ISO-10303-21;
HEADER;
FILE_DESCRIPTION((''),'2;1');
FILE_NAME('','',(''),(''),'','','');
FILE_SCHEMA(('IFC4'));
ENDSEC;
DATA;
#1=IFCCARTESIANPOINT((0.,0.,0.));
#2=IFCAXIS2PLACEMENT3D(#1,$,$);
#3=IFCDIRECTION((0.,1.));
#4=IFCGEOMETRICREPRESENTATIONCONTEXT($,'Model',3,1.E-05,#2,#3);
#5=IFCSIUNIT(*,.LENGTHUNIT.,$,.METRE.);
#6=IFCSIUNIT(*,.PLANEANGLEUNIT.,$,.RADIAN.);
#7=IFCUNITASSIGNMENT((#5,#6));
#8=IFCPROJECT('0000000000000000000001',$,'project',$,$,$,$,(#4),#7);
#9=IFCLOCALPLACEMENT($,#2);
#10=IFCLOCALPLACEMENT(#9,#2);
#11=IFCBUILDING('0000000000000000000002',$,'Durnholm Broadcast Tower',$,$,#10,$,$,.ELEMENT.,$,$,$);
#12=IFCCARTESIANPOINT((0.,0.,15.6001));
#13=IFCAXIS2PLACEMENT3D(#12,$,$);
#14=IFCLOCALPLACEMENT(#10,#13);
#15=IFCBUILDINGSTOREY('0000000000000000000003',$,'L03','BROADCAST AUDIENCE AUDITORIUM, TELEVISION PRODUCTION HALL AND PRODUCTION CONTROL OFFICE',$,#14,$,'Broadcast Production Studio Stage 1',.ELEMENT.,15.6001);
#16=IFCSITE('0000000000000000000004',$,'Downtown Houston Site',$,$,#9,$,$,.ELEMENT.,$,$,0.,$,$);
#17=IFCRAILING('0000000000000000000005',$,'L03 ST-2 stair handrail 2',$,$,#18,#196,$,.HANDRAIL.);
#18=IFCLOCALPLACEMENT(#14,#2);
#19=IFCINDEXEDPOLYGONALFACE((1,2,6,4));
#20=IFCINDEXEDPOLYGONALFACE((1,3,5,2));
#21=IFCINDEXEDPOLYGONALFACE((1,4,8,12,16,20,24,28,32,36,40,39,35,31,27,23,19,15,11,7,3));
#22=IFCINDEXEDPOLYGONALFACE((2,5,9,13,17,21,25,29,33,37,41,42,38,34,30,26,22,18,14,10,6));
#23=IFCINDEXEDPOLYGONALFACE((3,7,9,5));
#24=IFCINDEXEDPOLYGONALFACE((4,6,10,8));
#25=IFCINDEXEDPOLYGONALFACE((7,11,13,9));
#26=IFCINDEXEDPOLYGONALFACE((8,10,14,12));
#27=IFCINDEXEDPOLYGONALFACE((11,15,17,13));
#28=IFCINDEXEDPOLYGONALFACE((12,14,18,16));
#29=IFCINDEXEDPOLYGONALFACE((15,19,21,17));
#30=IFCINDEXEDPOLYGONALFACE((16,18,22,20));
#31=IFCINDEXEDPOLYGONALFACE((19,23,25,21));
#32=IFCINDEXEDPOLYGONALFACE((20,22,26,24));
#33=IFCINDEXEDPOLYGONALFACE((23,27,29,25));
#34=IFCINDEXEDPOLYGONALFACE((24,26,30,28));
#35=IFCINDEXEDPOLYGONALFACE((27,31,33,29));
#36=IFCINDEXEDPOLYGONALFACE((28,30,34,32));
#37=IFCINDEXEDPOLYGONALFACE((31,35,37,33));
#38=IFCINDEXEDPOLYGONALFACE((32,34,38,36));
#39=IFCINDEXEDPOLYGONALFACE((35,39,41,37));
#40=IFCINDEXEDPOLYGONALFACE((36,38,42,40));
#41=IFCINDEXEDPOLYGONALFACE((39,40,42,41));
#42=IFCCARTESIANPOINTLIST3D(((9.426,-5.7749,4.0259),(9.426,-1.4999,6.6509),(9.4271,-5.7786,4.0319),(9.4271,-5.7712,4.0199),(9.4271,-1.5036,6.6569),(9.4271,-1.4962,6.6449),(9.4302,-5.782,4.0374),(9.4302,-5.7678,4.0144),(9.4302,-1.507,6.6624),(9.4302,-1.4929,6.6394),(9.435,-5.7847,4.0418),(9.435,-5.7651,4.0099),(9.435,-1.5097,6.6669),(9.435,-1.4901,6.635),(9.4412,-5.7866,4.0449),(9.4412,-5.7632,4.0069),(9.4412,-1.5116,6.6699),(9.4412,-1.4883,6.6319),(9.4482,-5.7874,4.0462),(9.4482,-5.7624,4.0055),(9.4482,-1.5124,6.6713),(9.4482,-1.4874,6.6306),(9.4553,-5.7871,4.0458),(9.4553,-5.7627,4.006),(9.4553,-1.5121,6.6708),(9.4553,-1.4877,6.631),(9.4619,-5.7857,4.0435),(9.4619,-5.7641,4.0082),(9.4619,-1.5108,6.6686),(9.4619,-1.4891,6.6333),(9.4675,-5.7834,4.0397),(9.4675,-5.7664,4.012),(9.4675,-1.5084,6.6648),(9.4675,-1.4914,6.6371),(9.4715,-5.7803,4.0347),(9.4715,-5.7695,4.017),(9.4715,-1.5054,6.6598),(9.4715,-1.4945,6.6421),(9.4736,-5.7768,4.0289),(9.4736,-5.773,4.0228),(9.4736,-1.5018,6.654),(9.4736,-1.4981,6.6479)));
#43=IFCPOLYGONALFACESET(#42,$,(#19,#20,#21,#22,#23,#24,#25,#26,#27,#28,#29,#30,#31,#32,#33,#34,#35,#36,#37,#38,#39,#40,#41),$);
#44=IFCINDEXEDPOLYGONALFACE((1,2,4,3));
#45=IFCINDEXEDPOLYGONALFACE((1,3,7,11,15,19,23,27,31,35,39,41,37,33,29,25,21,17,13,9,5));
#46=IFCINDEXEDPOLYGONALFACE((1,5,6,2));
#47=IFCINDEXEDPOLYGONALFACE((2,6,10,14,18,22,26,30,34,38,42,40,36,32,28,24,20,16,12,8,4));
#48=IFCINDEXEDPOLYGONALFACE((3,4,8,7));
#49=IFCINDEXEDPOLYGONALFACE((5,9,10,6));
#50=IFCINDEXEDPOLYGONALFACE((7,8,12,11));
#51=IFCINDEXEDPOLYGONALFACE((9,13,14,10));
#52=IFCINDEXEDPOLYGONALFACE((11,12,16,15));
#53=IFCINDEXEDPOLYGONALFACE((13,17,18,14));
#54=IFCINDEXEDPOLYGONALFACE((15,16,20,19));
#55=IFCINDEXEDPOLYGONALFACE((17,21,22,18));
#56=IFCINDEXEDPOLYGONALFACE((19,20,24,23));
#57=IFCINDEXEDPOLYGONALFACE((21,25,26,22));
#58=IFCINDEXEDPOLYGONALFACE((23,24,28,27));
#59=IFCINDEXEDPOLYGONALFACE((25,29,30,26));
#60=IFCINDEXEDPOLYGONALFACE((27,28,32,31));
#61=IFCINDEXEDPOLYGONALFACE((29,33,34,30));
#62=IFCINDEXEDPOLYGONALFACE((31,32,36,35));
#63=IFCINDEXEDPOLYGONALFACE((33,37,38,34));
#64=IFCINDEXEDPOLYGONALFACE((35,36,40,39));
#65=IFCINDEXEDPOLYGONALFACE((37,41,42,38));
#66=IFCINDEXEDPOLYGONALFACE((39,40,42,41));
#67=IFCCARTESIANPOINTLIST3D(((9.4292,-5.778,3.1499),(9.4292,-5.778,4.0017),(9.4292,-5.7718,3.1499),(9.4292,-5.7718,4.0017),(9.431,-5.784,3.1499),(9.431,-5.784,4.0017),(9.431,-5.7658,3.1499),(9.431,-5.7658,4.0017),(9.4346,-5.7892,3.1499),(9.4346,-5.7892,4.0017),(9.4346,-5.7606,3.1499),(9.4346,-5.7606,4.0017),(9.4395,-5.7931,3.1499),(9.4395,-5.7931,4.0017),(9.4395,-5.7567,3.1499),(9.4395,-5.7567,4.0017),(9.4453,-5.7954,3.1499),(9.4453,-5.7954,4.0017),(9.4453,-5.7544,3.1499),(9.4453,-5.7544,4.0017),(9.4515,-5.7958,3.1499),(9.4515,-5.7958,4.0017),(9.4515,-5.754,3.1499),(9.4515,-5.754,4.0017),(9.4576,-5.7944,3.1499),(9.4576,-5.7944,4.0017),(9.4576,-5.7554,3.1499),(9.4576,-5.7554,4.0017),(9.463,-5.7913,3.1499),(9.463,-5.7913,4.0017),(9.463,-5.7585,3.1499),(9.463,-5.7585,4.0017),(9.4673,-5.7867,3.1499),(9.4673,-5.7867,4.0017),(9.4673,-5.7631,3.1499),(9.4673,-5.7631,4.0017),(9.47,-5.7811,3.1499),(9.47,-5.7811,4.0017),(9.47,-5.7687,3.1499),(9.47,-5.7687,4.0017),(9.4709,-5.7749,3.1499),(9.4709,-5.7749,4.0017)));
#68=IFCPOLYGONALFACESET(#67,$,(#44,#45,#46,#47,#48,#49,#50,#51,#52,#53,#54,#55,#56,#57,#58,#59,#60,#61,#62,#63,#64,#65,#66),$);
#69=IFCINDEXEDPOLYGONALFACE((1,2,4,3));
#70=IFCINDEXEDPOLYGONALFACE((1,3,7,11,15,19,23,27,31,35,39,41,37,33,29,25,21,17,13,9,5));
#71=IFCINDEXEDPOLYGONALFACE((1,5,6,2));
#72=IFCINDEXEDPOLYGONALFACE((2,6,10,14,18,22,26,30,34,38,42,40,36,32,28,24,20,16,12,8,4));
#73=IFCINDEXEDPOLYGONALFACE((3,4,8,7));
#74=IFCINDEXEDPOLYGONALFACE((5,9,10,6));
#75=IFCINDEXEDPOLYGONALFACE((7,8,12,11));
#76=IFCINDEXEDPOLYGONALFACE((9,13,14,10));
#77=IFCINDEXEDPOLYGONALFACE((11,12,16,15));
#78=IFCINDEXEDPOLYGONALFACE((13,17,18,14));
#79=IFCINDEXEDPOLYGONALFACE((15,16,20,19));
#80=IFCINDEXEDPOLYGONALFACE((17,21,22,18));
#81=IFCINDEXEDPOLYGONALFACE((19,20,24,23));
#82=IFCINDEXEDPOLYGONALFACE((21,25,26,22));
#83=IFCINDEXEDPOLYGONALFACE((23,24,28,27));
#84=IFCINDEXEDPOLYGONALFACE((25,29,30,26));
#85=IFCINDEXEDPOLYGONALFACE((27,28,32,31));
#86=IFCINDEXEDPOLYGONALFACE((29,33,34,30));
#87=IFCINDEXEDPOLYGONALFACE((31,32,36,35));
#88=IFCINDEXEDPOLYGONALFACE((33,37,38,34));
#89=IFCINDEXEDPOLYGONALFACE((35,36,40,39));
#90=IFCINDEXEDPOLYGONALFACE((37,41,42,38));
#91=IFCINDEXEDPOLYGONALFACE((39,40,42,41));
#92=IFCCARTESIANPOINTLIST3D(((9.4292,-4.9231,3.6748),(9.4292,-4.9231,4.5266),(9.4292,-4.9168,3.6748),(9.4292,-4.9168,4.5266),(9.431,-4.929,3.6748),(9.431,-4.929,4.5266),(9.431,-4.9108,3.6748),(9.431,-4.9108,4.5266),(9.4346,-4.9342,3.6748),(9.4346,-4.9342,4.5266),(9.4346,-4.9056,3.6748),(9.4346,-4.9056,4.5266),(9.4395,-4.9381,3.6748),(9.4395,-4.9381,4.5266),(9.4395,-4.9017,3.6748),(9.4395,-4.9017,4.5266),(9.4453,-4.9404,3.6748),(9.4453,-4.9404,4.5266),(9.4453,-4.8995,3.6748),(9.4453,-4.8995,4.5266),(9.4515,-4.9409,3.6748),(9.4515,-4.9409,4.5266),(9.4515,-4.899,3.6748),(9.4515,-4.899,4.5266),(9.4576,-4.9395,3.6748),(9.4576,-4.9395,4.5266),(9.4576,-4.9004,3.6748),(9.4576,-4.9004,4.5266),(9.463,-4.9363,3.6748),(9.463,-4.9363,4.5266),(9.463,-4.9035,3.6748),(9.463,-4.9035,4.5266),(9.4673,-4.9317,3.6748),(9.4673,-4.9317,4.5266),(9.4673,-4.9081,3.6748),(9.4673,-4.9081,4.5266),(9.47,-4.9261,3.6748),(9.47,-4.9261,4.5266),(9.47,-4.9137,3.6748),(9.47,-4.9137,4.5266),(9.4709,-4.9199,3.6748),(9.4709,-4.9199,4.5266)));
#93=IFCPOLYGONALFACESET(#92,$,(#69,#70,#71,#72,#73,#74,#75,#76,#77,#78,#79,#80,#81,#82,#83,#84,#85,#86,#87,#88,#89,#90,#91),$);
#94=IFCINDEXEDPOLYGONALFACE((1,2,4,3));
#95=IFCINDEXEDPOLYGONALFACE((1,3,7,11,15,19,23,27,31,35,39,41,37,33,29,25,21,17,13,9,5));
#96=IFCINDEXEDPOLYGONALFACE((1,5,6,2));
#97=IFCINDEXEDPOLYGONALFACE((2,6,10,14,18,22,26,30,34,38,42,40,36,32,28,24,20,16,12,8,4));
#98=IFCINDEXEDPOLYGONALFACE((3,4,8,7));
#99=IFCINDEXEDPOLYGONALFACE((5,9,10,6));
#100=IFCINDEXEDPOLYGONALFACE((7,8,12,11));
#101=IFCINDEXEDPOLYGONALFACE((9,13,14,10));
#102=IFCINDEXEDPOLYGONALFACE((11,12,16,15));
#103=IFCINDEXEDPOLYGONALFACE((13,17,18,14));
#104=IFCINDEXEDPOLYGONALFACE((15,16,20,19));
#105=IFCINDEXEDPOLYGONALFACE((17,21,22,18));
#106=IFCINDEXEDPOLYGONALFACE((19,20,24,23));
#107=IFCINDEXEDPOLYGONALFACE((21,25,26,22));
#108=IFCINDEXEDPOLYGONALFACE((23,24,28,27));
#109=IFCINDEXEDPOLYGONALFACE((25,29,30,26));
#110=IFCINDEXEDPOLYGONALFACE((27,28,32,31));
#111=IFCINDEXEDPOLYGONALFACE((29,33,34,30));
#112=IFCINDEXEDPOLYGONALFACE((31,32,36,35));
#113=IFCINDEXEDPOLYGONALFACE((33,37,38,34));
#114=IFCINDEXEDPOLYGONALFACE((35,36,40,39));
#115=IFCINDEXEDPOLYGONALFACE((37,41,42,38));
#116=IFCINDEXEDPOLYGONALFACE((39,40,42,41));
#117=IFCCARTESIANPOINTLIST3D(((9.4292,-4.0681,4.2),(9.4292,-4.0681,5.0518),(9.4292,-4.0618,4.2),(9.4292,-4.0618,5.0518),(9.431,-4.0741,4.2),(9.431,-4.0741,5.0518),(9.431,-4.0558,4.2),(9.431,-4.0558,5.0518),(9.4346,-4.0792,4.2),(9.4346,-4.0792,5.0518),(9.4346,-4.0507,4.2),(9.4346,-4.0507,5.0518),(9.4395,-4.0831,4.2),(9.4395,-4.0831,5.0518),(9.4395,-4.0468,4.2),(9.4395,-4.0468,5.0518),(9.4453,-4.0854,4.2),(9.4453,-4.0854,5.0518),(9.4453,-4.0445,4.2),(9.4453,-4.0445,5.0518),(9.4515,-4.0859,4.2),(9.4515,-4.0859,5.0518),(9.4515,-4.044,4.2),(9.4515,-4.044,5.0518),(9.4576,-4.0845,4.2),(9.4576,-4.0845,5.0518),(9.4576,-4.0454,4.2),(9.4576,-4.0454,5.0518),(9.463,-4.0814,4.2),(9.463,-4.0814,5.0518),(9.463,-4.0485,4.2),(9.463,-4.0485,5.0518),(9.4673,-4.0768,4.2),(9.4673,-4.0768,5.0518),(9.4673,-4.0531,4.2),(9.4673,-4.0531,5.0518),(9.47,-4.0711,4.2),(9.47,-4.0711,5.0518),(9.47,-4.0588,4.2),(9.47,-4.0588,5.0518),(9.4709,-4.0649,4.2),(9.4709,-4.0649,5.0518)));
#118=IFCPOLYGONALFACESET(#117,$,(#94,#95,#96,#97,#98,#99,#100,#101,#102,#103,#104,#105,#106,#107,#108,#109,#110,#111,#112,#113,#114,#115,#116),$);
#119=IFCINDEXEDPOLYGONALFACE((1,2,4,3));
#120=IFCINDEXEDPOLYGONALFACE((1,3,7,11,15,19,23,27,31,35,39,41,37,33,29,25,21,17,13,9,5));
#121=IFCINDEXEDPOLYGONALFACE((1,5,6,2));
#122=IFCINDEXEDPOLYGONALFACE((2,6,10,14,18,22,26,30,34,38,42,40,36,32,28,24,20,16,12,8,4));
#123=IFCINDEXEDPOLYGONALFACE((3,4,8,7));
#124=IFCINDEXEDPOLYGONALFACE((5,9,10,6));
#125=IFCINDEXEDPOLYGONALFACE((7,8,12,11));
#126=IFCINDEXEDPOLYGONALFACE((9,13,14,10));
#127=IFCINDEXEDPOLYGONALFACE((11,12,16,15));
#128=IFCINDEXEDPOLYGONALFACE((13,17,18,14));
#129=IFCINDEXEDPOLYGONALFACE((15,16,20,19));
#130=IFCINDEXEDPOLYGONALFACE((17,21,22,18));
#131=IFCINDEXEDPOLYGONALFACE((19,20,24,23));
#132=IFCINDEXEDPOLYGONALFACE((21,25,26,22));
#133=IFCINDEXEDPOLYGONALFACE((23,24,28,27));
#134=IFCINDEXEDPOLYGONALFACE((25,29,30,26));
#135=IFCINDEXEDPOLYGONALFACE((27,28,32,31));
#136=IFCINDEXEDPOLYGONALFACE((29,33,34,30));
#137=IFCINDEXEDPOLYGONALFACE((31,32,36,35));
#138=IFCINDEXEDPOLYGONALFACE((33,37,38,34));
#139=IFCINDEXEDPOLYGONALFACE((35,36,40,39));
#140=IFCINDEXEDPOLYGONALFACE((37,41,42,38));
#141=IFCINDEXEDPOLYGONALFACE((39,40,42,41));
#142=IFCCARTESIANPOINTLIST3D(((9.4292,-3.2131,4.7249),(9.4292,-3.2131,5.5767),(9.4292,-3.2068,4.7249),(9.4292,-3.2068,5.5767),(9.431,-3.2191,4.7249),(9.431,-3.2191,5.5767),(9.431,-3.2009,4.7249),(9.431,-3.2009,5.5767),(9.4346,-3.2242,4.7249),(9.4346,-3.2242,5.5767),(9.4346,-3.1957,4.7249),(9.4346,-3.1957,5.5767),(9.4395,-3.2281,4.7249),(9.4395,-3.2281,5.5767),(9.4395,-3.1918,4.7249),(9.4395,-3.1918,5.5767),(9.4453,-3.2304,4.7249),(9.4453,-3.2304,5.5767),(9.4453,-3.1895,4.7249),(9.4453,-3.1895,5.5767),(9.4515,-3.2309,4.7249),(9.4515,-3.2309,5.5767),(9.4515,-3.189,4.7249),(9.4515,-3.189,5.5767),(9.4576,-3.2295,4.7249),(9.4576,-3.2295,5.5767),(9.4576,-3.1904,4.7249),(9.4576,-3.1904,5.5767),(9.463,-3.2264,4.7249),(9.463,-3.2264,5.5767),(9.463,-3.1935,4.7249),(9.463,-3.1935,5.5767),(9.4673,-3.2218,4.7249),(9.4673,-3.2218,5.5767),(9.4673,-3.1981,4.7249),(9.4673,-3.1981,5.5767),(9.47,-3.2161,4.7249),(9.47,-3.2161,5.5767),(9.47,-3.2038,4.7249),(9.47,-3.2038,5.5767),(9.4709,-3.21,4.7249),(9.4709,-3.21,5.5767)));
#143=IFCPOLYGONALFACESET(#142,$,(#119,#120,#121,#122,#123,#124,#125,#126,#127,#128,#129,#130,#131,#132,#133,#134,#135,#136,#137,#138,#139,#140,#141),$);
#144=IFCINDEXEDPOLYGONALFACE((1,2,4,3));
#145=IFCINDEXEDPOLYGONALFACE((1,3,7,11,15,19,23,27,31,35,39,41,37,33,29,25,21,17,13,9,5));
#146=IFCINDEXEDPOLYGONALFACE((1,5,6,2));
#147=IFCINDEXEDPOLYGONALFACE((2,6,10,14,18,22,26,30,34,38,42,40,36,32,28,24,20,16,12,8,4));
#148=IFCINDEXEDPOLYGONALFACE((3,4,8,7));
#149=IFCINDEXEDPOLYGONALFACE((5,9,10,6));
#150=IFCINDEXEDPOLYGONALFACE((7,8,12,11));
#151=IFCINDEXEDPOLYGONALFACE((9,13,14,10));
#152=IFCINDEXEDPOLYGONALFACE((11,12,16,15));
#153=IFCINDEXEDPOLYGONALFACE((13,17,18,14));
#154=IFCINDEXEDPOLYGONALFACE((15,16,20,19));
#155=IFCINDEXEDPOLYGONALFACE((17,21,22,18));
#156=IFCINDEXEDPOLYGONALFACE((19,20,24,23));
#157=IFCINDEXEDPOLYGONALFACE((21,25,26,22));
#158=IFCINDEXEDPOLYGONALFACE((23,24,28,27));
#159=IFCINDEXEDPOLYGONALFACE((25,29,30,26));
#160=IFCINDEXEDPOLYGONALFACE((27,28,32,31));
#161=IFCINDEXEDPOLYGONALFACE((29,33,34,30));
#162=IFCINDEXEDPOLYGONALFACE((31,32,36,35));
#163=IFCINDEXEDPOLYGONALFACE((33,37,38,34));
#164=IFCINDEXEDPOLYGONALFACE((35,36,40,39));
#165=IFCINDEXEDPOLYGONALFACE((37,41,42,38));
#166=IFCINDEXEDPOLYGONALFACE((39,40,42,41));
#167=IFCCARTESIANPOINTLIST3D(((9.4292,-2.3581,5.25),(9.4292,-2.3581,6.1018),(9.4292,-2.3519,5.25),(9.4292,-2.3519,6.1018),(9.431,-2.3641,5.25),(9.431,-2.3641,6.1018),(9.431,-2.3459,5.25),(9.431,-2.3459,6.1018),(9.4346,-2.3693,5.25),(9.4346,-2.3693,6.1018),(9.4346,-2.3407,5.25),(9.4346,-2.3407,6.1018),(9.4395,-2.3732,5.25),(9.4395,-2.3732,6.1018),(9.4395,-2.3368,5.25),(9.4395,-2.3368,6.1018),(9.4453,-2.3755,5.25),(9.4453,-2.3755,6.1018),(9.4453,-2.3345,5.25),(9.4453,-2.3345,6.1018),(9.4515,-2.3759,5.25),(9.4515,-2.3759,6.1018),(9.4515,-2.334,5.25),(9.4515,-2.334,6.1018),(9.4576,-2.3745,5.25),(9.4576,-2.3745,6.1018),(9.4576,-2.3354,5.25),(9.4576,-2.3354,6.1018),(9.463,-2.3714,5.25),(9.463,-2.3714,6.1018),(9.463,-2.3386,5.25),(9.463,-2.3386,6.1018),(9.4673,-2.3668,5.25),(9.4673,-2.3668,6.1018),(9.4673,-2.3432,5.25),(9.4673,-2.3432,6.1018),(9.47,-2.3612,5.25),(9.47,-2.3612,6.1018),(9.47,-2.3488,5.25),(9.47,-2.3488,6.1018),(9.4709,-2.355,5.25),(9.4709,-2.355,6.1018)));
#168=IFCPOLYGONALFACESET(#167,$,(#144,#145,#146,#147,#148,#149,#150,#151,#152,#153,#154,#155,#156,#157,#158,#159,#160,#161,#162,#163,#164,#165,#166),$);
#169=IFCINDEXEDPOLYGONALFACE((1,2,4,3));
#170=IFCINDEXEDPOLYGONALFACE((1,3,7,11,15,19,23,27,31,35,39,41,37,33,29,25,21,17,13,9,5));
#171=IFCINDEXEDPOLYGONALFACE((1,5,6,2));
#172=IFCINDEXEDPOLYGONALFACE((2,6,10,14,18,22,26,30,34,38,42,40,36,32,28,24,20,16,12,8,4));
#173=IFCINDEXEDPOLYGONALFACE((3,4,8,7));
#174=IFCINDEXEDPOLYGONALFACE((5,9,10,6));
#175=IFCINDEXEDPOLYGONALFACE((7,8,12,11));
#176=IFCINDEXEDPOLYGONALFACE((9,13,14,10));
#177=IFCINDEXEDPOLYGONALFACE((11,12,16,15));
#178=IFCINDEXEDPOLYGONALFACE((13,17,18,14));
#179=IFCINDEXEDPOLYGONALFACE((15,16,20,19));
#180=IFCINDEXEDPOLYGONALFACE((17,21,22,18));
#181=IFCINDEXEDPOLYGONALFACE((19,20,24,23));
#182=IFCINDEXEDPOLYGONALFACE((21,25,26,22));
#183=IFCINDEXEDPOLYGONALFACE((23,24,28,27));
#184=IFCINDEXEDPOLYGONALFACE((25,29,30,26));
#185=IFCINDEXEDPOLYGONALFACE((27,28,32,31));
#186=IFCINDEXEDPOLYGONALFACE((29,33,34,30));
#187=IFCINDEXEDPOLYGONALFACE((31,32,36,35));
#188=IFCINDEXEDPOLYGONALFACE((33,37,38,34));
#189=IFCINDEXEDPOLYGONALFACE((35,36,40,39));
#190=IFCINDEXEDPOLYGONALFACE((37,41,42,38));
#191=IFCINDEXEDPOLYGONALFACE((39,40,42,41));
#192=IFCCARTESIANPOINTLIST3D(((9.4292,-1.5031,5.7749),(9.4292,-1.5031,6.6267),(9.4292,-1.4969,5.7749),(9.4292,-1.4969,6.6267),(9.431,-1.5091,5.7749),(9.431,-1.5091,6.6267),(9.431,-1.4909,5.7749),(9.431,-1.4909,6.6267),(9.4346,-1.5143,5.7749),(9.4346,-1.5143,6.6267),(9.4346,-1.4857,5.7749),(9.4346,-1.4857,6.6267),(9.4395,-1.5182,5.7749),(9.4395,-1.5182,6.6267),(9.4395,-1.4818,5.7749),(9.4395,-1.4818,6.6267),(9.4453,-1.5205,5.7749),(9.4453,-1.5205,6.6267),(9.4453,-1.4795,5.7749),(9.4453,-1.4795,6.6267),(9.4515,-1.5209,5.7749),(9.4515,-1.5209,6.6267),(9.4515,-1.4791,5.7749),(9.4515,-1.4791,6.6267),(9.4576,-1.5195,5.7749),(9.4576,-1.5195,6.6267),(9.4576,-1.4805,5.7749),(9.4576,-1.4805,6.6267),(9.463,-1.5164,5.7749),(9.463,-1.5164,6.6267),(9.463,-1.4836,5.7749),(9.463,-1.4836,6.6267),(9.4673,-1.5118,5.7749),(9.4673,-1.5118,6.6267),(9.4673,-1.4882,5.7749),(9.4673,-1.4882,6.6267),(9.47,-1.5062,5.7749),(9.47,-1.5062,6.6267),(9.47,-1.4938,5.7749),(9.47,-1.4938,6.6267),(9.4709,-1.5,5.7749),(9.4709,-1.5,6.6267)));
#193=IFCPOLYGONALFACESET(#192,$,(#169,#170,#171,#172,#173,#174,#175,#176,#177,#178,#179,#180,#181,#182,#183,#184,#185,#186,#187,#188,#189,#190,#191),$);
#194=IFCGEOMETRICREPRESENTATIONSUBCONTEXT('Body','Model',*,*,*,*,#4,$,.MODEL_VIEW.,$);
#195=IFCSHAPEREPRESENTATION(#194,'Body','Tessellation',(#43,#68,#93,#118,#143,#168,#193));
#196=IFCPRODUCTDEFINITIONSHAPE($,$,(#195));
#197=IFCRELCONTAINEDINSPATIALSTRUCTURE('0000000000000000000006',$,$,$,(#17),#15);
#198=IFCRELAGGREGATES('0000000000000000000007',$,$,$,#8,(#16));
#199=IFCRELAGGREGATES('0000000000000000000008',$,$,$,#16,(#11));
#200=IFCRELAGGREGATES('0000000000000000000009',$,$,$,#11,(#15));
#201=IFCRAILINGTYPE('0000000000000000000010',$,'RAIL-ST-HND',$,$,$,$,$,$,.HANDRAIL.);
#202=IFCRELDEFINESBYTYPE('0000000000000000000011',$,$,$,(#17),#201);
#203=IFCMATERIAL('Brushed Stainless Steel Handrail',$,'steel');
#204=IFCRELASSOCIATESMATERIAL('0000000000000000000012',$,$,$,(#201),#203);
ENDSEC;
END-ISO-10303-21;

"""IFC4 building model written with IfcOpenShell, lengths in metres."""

from ifc_helpers import new_model, si_unit, direction, frame, origin, origin_2d, place, context, subcontext, project, spatial, circle, extrude, material, type_object, element, save


model = new_model("IFC4")

# Units and contexts
model_context = context("Model", 3, precision=1e-05, world=origin(), true_north=direction((0.0, 1.0)))
body_context = subcontext(model_context, "Body", "Model", "MODEL_VIEW")
ifc_project = project(units=[si_unit("LENGTHUNIT", "METRE"), si_unit("PLANEANGLEUNIT", "RADIAN")], contexts=[model_context])

# Site, building, storey
site_placement = place(None, origin())
site = spatial("IfcSite", under=ifc_project, at=site_placement, Name="Downtown Houston Site", CompositionType="ELEMENT", RefElevation=0.0)
building_placement = place(site_placement, origin())
building = spatial("IfcBuilding", under=site, at=building_placement, Name="Durnholm Broadcast Tower", CompositionType="ELEMENT")
storey_placement = place(building_placement, frame((0.0, 0.0, 15.6001)))
storey = spatial("IfcBuildingStorey", under=building, at=storey_placement, Name="L03", Description="BROADCAST AUDIENCE AUDITORIUM, TELEVISION PRODUCTION HALL AND PRODUCTION CONTROL OFFICE", LongName="Broadcast Production Studio Stage 1", CompositionType="ELEMENT", Elevation=15.6001)

# Railing
ifc_material_1 = material(Name="Brushed Stainless Steel Handrail", Category="steel")
railing_type_1 = type_object("IfcRailingType", Name="RAIL-ST-HND", PredefinedType="HANDRAIL", material=ifc_material_1)
railing_1_placement = place(storey_placement, frame((9.45, -5.7749, 3.1499)))
element("IfcRailing", 1, at=railing_1_placement, inside=storey, type_object=railing_type_1, Name="L03 ST-2 stair handrail 2", PredefinedType="HANDRAIL", context=body_context, shape_type="SweptSolid", body=[
    extrude(circle(Radius=0.0239, at=origin_2d()), frame((0.0, 0.0, 0.876), z_axis=(0.0, 0.852166, 0.523272), x_axis=(-1.0, 0.0, 0.0)), (0.0, 0.0, 1.0), 5.0166),
    extrude(circle(Radius=0.021, at=origin_2d()), origin(), (0.0, 0.0, 1.0), 0.8518),
    extrude(circle(Radius=0.021, at=origin_2d()), frame((0.0, 0.855, 0.5249)), (0.0, 0.0, 1.0), 0.8518),
    extrude(circle(Radius=0.021, at=origin_2d()), frame((0.0, 1.71, 1.05)), (0.0, 0.0, 1.0), 0.8518),
    extrude(circle(Radius=0.021, at=origin_2d()), frame((0.0, 2.5649, 1.575)), (0.0, 0.0, 1.0), 0.8518),
    extrude(circle(Radius=0.021, at=origin_2d()), frame((0.0, 3.4199, 2.1001)), (0.0, 0.0, 1.0), 0.8518),
    extrude(circle(Radius=0.021, at=origin_2d()), frame((0.0, 4.2749, 2.625)), (0.0, 0.0, 1.0), 0.8518),
])

save(model, "model.ifc")
